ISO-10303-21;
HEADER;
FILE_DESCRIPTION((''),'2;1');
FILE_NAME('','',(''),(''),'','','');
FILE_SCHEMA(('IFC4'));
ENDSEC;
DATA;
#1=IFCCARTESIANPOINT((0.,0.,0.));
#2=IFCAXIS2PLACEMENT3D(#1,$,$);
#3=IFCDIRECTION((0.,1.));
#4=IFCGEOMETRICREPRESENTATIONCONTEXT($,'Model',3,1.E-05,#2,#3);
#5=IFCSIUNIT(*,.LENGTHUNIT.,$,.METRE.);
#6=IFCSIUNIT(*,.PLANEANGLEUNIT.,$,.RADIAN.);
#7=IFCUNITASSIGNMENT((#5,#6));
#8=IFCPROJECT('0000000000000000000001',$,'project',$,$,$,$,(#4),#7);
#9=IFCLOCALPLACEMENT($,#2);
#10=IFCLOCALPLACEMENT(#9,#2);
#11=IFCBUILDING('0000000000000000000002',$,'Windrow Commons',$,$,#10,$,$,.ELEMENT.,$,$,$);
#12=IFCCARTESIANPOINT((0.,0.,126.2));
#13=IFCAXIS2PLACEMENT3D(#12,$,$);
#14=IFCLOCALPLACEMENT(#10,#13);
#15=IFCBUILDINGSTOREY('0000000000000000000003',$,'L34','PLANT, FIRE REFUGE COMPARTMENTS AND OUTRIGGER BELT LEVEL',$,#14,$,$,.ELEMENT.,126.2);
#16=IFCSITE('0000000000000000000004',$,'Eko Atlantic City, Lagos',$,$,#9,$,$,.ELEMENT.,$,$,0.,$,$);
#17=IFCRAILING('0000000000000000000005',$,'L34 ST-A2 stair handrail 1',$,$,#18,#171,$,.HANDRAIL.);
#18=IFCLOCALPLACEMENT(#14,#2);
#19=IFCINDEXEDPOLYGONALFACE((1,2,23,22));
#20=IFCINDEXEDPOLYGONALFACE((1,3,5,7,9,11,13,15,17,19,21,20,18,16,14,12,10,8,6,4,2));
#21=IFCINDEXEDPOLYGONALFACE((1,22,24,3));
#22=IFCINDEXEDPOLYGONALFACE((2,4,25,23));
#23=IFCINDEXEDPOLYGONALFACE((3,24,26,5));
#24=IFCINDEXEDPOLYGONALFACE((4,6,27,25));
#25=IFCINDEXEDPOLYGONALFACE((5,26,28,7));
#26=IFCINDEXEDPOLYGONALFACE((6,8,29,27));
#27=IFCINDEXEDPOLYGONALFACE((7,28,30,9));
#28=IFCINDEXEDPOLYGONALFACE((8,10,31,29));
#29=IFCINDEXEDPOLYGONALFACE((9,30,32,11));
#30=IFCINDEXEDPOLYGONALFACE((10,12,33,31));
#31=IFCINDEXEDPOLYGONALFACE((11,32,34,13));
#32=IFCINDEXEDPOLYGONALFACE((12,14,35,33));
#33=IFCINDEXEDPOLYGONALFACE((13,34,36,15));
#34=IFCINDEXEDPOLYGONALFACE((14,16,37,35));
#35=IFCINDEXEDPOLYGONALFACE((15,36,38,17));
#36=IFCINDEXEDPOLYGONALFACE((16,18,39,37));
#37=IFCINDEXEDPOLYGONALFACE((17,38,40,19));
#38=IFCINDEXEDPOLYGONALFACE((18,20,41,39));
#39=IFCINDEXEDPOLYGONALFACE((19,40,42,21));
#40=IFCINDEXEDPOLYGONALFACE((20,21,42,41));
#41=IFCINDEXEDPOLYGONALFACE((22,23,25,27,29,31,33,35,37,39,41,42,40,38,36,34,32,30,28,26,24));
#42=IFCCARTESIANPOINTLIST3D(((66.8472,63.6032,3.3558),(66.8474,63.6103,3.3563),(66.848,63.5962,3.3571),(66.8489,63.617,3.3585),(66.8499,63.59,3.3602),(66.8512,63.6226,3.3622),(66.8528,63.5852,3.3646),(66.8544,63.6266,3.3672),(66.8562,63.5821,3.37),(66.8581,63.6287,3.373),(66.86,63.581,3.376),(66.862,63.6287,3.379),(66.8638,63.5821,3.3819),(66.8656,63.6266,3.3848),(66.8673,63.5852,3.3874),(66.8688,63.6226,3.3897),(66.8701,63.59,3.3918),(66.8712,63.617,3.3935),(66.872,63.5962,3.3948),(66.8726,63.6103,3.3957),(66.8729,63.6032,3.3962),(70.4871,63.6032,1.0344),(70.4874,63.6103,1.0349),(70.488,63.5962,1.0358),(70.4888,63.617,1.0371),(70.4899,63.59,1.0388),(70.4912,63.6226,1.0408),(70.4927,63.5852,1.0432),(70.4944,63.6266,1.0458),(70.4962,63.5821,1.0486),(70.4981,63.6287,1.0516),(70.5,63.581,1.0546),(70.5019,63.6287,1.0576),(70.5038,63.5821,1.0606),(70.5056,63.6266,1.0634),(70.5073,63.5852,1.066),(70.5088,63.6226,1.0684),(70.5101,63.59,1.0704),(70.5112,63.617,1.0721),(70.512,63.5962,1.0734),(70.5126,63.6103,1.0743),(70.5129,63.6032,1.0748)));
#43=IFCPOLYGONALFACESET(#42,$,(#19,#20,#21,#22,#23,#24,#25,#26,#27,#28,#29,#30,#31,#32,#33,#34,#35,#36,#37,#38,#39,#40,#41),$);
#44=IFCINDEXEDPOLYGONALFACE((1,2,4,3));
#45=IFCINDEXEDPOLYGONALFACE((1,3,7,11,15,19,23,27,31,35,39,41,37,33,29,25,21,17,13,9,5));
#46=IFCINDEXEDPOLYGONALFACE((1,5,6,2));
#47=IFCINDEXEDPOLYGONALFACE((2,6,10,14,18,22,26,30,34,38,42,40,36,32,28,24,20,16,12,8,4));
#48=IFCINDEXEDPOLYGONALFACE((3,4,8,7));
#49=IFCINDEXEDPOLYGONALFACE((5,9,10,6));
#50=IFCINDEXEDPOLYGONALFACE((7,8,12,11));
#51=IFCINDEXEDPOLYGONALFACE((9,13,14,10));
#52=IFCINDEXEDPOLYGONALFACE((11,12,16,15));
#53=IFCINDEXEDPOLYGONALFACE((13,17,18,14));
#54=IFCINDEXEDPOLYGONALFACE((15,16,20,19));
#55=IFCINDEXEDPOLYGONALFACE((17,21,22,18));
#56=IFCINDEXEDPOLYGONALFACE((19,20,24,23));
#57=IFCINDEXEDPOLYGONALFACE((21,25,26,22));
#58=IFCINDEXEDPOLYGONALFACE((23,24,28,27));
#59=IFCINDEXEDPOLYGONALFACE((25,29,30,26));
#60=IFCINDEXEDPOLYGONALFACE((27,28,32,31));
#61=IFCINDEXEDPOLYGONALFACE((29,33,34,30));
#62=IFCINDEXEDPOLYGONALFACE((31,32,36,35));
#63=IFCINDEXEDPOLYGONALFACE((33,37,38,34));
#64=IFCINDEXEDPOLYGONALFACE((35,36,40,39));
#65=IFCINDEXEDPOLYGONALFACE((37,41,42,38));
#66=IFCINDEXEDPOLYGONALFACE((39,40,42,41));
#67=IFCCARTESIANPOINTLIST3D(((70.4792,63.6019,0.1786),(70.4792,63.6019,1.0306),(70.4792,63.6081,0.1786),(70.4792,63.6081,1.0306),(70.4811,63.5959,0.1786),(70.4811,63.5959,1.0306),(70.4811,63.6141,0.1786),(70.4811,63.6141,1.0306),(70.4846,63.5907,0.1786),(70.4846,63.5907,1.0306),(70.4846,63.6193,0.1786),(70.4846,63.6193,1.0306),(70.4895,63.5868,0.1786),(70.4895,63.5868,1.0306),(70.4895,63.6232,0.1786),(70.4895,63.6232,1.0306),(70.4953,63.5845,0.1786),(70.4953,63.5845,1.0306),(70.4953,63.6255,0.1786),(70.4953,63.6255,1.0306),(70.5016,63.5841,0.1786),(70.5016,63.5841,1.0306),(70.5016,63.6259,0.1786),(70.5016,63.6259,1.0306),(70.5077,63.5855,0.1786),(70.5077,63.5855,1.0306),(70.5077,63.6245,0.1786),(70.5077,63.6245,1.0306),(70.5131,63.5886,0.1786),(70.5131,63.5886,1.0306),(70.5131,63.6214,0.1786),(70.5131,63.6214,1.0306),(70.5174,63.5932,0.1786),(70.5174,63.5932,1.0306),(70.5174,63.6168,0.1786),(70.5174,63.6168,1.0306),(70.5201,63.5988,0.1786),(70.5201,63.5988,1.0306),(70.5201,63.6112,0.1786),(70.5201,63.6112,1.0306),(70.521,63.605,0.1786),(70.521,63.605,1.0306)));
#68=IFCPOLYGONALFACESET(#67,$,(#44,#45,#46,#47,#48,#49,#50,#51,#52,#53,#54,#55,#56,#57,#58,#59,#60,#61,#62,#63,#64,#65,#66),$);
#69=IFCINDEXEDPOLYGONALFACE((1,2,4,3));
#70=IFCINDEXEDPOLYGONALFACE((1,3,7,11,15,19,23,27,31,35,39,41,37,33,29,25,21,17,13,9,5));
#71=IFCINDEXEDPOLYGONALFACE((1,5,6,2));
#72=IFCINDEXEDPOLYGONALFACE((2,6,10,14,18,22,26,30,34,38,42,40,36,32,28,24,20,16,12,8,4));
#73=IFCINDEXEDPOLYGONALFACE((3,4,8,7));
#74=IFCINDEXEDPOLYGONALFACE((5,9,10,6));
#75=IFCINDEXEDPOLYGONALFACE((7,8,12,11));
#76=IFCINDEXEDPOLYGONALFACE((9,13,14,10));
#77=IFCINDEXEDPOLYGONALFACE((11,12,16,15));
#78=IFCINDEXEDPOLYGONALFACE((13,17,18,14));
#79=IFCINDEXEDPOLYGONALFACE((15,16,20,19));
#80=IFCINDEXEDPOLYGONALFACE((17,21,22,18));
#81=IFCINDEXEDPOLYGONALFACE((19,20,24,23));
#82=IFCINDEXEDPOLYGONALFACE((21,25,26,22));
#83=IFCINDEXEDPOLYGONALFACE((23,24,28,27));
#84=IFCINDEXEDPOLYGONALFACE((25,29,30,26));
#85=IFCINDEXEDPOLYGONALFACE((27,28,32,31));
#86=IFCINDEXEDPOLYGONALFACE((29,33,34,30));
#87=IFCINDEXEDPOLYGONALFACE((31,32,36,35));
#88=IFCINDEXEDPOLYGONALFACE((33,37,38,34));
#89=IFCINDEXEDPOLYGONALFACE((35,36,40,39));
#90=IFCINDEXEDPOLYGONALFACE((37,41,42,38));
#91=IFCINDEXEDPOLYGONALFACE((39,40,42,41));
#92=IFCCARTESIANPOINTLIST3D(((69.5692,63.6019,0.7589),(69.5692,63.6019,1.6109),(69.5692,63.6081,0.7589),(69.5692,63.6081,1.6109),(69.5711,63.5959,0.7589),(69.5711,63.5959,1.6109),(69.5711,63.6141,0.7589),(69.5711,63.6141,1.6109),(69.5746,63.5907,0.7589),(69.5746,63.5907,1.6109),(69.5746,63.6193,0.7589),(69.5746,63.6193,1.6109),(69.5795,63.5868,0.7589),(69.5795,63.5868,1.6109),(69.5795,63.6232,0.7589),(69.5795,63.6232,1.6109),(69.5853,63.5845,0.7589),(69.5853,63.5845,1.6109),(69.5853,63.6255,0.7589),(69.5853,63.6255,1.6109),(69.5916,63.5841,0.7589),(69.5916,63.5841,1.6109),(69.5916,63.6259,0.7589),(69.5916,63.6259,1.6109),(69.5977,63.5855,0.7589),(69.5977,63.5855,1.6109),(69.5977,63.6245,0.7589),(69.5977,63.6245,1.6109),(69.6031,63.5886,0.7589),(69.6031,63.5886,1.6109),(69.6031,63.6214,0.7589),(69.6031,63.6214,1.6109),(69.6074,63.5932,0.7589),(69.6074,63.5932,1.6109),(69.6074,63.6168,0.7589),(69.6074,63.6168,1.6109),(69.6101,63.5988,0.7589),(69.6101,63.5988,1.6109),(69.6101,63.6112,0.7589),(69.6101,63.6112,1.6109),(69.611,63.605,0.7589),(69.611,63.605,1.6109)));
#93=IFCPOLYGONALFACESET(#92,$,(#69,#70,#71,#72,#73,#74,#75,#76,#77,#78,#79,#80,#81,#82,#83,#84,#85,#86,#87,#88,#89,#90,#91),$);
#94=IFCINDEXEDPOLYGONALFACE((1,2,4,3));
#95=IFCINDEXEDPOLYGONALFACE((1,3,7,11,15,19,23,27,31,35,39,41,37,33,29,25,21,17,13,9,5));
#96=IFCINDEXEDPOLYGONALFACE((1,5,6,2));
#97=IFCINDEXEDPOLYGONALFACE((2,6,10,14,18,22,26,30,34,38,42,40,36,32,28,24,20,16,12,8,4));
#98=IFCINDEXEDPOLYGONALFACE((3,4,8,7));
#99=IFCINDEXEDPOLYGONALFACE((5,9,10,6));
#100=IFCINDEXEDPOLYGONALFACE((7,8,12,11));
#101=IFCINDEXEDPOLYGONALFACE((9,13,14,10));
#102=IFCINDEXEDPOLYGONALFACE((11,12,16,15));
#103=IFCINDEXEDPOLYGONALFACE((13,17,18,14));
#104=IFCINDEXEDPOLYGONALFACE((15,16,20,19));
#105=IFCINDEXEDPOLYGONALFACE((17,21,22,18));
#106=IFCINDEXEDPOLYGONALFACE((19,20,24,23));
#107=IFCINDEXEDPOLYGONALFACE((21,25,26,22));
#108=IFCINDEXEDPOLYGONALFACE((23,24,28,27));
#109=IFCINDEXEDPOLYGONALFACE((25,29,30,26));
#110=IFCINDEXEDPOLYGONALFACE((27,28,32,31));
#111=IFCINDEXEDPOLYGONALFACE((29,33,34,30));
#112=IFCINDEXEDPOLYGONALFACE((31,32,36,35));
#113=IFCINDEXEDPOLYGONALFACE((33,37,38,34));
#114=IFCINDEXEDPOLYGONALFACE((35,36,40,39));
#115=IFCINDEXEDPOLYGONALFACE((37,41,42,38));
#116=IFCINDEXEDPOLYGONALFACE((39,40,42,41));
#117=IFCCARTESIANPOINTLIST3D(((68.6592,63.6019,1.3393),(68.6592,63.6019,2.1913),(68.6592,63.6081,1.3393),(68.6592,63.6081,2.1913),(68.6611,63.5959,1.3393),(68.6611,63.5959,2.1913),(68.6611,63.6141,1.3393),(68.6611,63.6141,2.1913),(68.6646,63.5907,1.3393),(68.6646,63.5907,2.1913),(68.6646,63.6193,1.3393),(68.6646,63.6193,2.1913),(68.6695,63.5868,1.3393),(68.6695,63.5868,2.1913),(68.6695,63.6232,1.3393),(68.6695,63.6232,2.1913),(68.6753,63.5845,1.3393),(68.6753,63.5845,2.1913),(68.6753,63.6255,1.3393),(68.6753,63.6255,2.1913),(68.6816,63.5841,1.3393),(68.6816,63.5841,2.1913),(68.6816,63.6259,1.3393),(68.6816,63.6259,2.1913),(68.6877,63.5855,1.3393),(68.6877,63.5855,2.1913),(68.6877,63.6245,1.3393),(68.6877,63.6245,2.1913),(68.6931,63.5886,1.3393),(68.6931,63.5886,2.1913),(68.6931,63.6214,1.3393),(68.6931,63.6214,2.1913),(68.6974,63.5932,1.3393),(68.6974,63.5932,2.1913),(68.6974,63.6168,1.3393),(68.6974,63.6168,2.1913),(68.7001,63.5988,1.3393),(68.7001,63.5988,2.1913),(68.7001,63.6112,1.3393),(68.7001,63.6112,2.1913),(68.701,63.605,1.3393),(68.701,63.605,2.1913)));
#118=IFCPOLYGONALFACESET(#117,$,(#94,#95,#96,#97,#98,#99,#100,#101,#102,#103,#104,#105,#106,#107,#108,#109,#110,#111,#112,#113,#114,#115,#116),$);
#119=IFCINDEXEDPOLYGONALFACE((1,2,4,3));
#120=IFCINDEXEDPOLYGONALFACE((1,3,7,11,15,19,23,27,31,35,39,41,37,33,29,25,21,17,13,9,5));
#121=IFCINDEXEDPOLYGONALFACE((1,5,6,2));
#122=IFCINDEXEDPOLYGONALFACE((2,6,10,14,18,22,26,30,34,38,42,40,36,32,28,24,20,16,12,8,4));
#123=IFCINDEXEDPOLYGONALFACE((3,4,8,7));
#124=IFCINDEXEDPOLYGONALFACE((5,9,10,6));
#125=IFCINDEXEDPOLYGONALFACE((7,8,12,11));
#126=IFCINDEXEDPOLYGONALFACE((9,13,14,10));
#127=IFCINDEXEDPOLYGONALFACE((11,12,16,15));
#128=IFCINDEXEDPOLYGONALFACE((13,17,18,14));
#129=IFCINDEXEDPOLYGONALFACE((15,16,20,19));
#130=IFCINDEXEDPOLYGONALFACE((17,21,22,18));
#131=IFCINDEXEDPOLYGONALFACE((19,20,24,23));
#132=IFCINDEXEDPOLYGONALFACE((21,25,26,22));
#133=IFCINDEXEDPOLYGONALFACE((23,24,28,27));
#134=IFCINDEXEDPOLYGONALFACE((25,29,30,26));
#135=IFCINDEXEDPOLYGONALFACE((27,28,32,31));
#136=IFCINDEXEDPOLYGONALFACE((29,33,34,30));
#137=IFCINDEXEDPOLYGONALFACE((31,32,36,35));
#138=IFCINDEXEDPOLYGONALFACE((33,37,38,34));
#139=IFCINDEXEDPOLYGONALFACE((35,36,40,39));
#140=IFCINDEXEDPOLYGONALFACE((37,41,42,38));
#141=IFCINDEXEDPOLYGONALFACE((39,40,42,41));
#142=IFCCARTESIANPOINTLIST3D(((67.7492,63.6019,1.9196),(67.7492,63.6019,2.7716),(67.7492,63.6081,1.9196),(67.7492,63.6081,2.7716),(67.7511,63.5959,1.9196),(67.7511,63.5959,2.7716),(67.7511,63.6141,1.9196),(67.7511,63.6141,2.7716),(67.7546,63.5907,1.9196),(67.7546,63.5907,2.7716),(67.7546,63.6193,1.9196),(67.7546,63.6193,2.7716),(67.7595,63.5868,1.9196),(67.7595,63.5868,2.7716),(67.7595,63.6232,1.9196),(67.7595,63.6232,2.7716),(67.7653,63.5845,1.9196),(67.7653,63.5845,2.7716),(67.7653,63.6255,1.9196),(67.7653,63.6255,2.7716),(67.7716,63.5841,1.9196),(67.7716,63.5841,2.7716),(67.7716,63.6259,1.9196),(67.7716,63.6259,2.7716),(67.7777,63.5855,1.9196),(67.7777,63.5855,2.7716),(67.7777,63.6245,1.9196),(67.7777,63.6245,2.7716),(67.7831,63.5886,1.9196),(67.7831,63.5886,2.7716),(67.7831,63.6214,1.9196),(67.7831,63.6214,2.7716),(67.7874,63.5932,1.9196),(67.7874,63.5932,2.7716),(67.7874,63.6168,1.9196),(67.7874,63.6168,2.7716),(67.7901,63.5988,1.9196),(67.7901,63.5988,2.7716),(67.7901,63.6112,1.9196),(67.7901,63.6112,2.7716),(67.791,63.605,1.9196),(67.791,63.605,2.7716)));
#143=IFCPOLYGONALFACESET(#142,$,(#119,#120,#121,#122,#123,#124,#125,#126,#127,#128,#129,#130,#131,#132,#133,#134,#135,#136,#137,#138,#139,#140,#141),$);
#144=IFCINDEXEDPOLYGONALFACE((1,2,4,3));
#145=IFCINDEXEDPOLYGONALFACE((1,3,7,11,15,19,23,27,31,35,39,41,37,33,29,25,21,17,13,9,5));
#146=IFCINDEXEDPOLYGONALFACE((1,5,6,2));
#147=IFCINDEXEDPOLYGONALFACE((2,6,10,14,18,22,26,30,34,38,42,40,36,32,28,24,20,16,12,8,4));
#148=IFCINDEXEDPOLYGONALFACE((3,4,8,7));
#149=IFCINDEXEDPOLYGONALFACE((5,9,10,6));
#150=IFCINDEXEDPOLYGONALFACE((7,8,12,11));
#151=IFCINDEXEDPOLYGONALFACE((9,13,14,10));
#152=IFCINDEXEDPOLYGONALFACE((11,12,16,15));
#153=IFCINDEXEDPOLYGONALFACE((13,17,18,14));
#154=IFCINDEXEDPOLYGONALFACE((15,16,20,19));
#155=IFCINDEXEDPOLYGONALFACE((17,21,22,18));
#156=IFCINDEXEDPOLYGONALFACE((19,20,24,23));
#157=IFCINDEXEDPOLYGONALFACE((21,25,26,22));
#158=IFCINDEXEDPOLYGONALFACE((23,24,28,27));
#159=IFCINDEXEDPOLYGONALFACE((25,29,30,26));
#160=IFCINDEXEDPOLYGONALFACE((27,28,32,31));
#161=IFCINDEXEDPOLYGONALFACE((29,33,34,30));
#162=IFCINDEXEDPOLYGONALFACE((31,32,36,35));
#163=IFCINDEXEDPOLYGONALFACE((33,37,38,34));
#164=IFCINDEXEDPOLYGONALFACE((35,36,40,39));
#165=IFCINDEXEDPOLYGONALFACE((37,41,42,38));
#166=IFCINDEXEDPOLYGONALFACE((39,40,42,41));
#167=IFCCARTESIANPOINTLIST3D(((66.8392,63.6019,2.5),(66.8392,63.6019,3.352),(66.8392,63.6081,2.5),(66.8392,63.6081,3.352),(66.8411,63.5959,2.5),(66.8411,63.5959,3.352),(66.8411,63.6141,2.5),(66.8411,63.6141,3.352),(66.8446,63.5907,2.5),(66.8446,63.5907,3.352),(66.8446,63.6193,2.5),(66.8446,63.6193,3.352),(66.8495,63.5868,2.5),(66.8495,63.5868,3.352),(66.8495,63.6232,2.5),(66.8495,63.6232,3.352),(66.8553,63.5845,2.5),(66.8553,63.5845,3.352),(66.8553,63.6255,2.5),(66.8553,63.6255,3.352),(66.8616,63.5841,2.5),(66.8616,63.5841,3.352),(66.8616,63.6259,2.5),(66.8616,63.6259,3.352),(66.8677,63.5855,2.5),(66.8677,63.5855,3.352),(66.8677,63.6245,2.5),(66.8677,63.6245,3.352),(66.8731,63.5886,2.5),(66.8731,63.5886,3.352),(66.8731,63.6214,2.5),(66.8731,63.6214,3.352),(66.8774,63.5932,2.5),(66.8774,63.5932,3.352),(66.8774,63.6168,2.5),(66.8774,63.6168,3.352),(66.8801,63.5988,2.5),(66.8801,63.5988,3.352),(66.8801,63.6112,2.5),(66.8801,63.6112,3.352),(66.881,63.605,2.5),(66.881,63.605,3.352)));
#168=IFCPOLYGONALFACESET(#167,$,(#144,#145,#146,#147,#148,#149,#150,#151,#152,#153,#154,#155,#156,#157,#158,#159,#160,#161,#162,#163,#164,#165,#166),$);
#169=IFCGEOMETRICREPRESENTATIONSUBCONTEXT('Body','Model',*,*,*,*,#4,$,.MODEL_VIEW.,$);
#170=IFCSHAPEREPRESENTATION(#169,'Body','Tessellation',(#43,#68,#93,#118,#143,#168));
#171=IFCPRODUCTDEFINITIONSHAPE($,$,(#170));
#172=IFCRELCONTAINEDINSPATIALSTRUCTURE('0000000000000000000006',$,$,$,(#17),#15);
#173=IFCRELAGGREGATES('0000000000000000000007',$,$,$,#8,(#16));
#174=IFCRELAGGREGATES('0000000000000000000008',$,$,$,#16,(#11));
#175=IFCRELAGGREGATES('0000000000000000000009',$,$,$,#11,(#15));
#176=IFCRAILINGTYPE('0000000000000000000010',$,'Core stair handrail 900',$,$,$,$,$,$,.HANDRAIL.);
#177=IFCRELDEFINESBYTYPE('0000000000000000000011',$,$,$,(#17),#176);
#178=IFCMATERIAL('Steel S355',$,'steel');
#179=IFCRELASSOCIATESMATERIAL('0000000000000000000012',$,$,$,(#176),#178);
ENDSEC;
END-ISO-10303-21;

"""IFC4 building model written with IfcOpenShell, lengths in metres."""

from ifc_helpers import new_model, si_unit, direction, frame, origin, origin_2d, place, context, subcontext, project, spatial, circle, extrude, material, type_object, element, save


model = new_model("IFC4")

# Units and contexts
model_context = context("Model", 3, precision=1e-05, world=origin(), true_north=direction((0.0, 1.0)))
body_context = subcontext(model_context, "Body", "Model", "MODEL_VIEW")
ifc_project = project(units=[si_unit("LENGTHUNIT", "METRE"), si_unit("PLANEANGLEUNIT", "RADIAN")], contexts=[model_context])

# Site, building, storey
site_placement = place(None, origin())
site = spatial("IfcSite", under=ifc_project, at=site_placement, Name="Eko Atlantic City, Lagos", CompositionType="ELEMENT", RefElevation=0.0)
building_placement = place(site_placement, origin())
building = spatial("IfcBuilding", under=site, at=building_placement, Name="Windrow Commons", CompositionType="ELEMENT")
storey_placement = place(building_placement, frame((0.0, 0.0, 126.2)))
storey = spatial("IfcBuildingStorey", under=building, at=storey_placement, Name="L34", Description="PLANT, FIRE REFUGE COMPARTMENTS AND OUTRIGGER BELT LEVEL", CompositionType="ELEMENT", Elevation=126.2)

# Railing
ifc_material_1 = material(Name="Steel S355", Category="steel")
railing_type_1 = type_object("IfcRailingType", Name="Core stair handrail 900", PredefinedType="HANDRAIL", material=ifc_material_1)
railing_1_placement = place(storey_placement, frame((70.5, 63.605, 0.1786)))
element("IfcRailing", 1, at=railing_1_placement, inside=storey, type_object=railing_type_1, Name="L34 ST-A2 stair handrail 1", PredefinedType="HANDRAIL", context=body_context, shape_type="SweptSolid", body=[
    extrude(circle(Radius=0.024, at=origin_2d()), frame((0.0, 0.0, 0.876), z_axis=(-0.843133, 0.0, 0.537706), x_axis=(0.0, -1.0, 0.0)), (0.0, 0.0, 1.0), 4.3172),
    extrude(circle(Radius=0.021, at=origin_2d()), origin(), (0.0, 0.0, 1.0), 0.852),
    extrude(circle(Radius=0.021, at=origin_2d()), frame((-0.91, 0.0, 0.5803)), (0.0, 0.0, 1.0), 0.852),
    extrude(circle(Radius=0.021, at=origin_2d()), frame((-1.82, 0.0, 1.1607)), (0.0, 0.0, 1.0), 0.852),
    extrude(circle(Radius=0.021, at=origin_2d()), frame((-2.73, 0.0, 1.741)), (0.0, 0.0, 1.0), 0.852),
    extrude(circle(Radius=0.021, at=origin_2d()), frame((-3.64, 0.0, 2.3214)), (0.0, 0.0, 1.0), 0.852),
])

save(model, "model.ifc")
